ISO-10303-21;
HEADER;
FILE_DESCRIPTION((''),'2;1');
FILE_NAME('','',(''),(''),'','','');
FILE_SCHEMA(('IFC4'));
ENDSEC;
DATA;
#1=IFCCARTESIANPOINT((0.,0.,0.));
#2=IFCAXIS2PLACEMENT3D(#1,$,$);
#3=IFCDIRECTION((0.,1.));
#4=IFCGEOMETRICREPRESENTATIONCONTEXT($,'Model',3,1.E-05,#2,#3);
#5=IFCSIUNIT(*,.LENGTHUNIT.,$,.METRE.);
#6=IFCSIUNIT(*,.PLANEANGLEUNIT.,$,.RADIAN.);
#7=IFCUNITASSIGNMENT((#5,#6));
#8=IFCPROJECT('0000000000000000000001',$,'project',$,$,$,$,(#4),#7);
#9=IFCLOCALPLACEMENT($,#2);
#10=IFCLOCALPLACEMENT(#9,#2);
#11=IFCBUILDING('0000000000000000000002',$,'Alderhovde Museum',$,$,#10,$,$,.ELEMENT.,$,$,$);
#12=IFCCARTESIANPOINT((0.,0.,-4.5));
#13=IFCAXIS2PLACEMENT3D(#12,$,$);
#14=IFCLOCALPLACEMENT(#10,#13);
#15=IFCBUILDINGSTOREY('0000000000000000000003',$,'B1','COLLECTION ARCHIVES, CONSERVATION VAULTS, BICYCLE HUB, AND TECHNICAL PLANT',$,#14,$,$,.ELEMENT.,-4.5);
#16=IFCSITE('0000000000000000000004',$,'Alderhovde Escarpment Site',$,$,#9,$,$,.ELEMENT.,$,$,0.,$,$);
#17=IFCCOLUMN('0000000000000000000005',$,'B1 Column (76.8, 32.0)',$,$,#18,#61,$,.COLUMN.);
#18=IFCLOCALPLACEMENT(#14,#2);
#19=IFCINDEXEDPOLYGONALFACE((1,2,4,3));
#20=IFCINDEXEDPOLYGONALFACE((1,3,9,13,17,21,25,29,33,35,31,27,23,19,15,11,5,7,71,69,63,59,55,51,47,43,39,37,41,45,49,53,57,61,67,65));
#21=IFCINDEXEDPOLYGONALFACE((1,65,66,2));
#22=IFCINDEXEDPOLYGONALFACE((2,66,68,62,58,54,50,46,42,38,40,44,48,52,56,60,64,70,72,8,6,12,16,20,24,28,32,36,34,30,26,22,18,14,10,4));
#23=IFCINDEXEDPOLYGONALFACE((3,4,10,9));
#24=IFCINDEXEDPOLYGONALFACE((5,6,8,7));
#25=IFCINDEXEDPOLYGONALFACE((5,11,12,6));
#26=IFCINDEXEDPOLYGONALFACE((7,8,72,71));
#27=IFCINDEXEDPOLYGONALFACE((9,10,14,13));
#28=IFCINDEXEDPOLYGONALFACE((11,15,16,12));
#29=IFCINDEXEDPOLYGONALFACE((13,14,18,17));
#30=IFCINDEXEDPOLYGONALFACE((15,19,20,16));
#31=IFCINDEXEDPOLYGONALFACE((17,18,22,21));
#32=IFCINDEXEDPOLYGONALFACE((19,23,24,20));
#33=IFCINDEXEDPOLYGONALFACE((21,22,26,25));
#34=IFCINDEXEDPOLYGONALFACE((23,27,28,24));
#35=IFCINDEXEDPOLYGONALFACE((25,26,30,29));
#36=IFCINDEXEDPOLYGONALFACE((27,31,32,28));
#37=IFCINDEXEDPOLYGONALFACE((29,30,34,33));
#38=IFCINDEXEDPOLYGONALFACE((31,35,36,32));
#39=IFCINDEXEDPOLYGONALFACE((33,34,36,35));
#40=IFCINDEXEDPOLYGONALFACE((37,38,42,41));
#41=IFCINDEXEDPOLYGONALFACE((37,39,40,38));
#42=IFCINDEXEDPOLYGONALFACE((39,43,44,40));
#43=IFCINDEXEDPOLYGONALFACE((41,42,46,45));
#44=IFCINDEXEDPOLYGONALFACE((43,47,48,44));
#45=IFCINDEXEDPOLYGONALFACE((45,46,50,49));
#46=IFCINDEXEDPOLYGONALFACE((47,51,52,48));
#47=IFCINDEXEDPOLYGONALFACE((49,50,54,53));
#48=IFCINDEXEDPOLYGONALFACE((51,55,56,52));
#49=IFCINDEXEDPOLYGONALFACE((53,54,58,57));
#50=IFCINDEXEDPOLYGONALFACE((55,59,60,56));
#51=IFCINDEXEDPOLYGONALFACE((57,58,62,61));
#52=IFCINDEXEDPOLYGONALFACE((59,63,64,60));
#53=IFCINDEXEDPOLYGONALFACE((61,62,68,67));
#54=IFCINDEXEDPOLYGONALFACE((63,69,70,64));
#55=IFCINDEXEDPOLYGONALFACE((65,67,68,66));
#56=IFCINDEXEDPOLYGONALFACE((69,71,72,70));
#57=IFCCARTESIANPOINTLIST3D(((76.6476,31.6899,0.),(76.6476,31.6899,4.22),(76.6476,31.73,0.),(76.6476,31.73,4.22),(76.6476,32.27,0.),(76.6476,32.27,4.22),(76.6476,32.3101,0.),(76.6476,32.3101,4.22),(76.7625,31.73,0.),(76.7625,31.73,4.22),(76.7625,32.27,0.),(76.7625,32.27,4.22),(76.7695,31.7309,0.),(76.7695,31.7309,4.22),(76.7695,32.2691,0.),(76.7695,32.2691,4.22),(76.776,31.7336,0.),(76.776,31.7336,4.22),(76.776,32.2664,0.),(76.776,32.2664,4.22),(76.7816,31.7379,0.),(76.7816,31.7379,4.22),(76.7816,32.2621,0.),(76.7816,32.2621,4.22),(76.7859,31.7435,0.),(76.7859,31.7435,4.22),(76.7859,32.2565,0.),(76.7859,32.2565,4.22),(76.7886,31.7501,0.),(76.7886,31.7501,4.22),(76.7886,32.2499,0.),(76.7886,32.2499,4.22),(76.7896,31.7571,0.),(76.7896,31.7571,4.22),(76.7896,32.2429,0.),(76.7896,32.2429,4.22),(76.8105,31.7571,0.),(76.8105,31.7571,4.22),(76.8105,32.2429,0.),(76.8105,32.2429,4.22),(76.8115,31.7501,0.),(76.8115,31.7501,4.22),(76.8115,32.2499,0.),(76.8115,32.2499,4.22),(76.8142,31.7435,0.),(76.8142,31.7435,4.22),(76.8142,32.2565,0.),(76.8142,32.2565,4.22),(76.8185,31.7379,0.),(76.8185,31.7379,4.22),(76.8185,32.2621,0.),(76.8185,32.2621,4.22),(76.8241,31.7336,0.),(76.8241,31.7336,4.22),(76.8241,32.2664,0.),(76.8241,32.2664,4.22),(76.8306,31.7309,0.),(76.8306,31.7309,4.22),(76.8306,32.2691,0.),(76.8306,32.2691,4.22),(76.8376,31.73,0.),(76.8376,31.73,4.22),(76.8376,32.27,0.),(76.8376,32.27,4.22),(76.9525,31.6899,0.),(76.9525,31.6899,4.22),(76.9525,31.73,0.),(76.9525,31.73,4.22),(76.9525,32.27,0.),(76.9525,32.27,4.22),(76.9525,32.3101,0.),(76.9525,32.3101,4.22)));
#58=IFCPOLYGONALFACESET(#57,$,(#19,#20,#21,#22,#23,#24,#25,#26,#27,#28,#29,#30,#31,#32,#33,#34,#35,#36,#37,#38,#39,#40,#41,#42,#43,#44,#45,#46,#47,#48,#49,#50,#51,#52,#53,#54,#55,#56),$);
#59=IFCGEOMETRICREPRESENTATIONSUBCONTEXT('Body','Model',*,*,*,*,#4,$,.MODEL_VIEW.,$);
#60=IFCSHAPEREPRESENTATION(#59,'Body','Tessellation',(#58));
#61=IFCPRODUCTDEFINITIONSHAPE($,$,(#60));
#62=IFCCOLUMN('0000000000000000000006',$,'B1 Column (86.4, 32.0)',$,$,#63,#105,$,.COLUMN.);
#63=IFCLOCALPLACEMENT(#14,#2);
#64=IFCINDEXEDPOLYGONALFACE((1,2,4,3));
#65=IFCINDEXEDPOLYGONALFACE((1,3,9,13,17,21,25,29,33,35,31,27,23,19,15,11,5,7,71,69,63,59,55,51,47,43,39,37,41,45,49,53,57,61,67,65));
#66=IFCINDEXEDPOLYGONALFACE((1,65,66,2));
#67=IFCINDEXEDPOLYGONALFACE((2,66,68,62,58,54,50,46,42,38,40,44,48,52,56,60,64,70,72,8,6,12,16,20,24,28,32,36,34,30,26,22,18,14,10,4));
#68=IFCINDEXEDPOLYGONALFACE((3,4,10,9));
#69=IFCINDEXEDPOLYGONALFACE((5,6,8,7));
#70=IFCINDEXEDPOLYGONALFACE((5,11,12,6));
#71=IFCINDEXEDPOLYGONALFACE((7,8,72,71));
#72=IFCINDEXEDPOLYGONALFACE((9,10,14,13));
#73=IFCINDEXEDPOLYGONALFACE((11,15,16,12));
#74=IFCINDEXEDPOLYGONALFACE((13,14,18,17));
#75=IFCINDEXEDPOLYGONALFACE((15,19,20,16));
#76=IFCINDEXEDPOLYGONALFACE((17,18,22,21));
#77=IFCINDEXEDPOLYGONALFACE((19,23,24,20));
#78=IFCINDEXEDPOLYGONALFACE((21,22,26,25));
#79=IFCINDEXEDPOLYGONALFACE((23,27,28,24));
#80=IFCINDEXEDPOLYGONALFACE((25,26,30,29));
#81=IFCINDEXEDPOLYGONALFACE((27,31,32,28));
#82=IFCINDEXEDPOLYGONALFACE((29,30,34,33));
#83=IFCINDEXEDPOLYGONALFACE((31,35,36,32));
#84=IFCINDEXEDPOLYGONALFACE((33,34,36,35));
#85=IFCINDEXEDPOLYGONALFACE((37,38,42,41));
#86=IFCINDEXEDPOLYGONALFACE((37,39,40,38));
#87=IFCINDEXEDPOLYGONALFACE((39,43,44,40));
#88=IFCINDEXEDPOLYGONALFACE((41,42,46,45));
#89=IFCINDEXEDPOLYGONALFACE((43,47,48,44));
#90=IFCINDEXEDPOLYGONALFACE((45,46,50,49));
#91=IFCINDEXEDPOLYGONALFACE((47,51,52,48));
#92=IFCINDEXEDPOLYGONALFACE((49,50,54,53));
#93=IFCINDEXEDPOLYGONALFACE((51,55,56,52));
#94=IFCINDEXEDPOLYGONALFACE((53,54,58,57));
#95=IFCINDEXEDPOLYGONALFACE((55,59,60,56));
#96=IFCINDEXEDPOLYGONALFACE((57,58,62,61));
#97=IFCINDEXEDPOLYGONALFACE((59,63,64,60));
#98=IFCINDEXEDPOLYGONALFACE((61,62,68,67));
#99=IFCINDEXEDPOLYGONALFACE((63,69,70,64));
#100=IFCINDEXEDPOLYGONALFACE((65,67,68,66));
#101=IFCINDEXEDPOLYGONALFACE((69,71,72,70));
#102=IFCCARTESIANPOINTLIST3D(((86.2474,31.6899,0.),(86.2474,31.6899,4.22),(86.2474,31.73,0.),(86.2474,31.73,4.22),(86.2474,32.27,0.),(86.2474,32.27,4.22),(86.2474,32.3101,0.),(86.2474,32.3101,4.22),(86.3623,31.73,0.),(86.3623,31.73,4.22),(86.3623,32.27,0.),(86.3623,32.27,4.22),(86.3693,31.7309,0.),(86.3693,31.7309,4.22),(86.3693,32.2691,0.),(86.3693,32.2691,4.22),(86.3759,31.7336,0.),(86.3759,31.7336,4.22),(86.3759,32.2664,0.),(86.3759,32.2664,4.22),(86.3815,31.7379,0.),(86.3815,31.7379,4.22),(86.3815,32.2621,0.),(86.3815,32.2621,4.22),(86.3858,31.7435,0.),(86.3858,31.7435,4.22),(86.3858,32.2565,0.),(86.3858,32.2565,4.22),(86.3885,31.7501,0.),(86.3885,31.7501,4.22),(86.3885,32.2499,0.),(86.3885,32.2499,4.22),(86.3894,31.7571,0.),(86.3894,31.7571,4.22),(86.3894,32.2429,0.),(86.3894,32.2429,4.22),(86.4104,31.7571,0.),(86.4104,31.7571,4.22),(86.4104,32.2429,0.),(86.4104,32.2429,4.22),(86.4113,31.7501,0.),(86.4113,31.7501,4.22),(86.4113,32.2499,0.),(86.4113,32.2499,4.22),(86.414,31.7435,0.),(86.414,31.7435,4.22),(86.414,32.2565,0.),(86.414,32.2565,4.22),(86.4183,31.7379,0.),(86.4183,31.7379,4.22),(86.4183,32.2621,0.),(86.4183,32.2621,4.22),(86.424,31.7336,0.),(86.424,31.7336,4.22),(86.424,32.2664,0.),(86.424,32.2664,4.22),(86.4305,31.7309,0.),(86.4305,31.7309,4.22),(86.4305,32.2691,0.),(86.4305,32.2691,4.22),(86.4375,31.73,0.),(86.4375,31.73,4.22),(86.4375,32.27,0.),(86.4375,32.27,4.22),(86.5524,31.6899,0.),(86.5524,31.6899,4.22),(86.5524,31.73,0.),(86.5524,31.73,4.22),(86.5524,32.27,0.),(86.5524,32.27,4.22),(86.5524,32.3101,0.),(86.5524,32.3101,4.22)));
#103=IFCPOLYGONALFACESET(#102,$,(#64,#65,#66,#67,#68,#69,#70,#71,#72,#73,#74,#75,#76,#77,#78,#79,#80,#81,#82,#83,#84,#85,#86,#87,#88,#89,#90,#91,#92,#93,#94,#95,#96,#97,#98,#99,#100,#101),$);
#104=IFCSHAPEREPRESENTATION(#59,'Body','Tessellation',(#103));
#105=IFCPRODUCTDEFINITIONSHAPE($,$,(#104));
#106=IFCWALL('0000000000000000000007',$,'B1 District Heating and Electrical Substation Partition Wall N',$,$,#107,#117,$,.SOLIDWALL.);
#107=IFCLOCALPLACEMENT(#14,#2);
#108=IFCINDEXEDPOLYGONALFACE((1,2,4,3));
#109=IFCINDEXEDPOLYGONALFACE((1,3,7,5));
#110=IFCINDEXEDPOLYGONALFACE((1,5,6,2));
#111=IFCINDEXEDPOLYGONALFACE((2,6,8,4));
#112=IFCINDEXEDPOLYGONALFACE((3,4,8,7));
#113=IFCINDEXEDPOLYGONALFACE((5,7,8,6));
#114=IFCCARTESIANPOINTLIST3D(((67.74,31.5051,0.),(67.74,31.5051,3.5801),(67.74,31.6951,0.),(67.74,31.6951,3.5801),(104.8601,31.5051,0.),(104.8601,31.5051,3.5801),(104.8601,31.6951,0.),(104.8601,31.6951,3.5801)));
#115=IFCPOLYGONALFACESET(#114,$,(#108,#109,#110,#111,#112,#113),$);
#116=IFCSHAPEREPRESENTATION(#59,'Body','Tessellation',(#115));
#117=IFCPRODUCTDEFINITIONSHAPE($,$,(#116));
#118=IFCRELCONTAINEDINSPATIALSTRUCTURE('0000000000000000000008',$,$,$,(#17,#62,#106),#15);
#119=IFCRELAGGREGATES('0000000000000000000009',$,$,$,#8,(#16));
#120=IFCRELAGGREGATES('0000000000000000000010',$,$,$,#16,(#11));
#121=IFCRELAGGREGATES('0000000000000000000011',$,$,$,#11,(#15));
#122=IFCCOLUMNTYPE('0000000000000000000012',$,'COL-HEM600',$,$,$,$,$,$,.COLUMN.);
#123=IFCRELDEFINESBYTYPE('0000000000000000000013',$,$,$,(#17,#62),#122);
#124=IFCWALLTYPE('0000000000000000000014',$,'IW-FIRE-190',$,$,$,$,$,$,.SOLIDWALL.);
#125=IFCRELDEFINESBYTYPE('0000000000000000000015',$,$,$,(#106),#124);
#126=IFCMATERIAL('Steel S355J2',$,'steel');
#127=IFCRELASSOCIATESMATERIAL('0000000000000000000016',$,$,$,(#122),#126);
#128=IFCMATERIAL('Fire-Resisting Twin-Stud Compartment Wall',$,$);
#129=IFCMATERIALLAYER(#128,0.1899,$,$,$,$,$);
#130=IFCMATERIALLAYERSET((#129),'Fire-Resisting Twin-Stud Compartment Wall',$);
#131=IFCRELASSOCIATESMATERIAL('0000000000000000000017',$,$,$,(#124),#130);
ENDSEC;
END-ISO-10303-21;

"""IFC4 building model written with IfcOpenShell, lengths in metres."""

from ifc_helpers import new_model, si_unit, direction, frame, frame_2d, origin, origin_2d, place, context, subcontext, project, spatial, rectangle, i_section, extrude, material, layer, layer_set, material_profile, profile_set, type_object, element, save


model = new_model("IFC4")

# Units and contexts
model_context = context("Model", 3, precision=1e-05, world=origin(), true_north=direction((0.0, 1.0)))
body_context = subcontext(model_context, "Body", "Model", "MODEL_VIEW")
ifc_project = project(units=[si_unit("LENGTHUNIT", "METRE"), si_unit("PLANEANGLEUNIT", "RADIAN")], contexts=[model_context])

# Site, building, storey
site_placement = place(None, origin())
site = spatial("IfcSite", under=ifc_project, at=site_placement, Name="Alderhovde Escarpment Site", CompositionType="ELEMENT", RefElevation=0.0)
building_placement = place(site_placement, origin())
building = spatial("IfcBuilding", under=site, at=building_placement, Name="Alderhovde Museum", CompositionType="ELEMENT")
storey_placement = place(building_placement, frame((0.0, 0.0, -4.5)))
storey = spatial("IfcBuildingStorey", under=building, at=storey_placement, Name="B1", Description="COLLECTION ARCHIVES, CONSERVATION VAULTS, BICYCLE HUB, AND TECHNICAL PLANT", CompositionType="ELEMENT", Elevation=-4.5)

# Columns
ifc_material_1 = material(Name="Steel S355J2", Category="steel")
ifc_material_profile_1 = material_profile(ifc_material_1, i_section(OverallWidth=0.3049, OverallDepth=0.6201, WebThickness=0.021, FlangeThickness=0.04, FilletRadius=0.0271, at=origin_2d()), Name="HEM 600")
ifc_profile_set_1 = profile_set([ifc_material_profile_1], Name="Steel S355J2")
column_type_1 = type_object("IfcColumnType", Name="COL-HEM600", PredefinedType="COLUMN", material=ifc_profile_set_1)
for number, where, z_axis, x_axis, name in (
    (1, (76.8, 32.0, 0.0), (0.0, 0.0, 1.0), (1.0, 0.0, 0.0), "B1 Column (76.8, 32.0)"),
    (2, (86.3999, 32.0, 0.0), (0.0, 0.0, 1.0), (1.0, 0.0, 0.0), "B1 Column (86.4, 32.0)"),
):
    element("IfcColumn", number, at=place(storey_placement, frame(where, z_axis=z_axis, x_axis=x_axis)), inside=storey, type_object=column_type_1, Name=name, PredefinedType="COLUMN", context=body_context, shape_type="SweptSolid", body=[
        extrude(i_section(OverallWidth=0.3049, OverallDepth=0.6201, WebThickness=0.021, FlangeThickness=0.04, FilletRadius=0.0271, at=origin_2d()), origin(), (0.0, 0.0, 1.0), 4.22),
    ])

# Wall
ifc_material_2 = material(Name="Fire-Resisting Twin-Stud Compartment Wall")
ifc_layer = layer(ifc_material_2, 0.1899)
ifc_layer_set = layer_set([ifc_layer], Name="Fire-Resisting Twin-Stud Compartment Wall")
wall_type = type_object("IfcWallType", Name="IW-FIRE-190", PredefinedType="SOLIDWALL", material=ifc_layer_set)
wall_placement = place(storey_placement, frame((67.74, 31.6001, 0.0), z_axis=(0.0, 0.0, 1.0), x_axis=(1.0, 0.0, 0.0)))
element("IfcWall", 3, at=wall_placement, inside=storey, type_object=wall_type, Name="B1 District Heating and Electrical Substation Partition Wall N", PredefinedType="SOLIDWALL", context=body_context, shape_type="SweptSolid", body=[
    extrude(rectangle(XDim=37.1201, YDim=0.1899, at=frame_2d((18.5601, 0.0))), origin(), (0.0, 0.0, 1.0), 3.5801),
])

save(model, "model.ifc")
